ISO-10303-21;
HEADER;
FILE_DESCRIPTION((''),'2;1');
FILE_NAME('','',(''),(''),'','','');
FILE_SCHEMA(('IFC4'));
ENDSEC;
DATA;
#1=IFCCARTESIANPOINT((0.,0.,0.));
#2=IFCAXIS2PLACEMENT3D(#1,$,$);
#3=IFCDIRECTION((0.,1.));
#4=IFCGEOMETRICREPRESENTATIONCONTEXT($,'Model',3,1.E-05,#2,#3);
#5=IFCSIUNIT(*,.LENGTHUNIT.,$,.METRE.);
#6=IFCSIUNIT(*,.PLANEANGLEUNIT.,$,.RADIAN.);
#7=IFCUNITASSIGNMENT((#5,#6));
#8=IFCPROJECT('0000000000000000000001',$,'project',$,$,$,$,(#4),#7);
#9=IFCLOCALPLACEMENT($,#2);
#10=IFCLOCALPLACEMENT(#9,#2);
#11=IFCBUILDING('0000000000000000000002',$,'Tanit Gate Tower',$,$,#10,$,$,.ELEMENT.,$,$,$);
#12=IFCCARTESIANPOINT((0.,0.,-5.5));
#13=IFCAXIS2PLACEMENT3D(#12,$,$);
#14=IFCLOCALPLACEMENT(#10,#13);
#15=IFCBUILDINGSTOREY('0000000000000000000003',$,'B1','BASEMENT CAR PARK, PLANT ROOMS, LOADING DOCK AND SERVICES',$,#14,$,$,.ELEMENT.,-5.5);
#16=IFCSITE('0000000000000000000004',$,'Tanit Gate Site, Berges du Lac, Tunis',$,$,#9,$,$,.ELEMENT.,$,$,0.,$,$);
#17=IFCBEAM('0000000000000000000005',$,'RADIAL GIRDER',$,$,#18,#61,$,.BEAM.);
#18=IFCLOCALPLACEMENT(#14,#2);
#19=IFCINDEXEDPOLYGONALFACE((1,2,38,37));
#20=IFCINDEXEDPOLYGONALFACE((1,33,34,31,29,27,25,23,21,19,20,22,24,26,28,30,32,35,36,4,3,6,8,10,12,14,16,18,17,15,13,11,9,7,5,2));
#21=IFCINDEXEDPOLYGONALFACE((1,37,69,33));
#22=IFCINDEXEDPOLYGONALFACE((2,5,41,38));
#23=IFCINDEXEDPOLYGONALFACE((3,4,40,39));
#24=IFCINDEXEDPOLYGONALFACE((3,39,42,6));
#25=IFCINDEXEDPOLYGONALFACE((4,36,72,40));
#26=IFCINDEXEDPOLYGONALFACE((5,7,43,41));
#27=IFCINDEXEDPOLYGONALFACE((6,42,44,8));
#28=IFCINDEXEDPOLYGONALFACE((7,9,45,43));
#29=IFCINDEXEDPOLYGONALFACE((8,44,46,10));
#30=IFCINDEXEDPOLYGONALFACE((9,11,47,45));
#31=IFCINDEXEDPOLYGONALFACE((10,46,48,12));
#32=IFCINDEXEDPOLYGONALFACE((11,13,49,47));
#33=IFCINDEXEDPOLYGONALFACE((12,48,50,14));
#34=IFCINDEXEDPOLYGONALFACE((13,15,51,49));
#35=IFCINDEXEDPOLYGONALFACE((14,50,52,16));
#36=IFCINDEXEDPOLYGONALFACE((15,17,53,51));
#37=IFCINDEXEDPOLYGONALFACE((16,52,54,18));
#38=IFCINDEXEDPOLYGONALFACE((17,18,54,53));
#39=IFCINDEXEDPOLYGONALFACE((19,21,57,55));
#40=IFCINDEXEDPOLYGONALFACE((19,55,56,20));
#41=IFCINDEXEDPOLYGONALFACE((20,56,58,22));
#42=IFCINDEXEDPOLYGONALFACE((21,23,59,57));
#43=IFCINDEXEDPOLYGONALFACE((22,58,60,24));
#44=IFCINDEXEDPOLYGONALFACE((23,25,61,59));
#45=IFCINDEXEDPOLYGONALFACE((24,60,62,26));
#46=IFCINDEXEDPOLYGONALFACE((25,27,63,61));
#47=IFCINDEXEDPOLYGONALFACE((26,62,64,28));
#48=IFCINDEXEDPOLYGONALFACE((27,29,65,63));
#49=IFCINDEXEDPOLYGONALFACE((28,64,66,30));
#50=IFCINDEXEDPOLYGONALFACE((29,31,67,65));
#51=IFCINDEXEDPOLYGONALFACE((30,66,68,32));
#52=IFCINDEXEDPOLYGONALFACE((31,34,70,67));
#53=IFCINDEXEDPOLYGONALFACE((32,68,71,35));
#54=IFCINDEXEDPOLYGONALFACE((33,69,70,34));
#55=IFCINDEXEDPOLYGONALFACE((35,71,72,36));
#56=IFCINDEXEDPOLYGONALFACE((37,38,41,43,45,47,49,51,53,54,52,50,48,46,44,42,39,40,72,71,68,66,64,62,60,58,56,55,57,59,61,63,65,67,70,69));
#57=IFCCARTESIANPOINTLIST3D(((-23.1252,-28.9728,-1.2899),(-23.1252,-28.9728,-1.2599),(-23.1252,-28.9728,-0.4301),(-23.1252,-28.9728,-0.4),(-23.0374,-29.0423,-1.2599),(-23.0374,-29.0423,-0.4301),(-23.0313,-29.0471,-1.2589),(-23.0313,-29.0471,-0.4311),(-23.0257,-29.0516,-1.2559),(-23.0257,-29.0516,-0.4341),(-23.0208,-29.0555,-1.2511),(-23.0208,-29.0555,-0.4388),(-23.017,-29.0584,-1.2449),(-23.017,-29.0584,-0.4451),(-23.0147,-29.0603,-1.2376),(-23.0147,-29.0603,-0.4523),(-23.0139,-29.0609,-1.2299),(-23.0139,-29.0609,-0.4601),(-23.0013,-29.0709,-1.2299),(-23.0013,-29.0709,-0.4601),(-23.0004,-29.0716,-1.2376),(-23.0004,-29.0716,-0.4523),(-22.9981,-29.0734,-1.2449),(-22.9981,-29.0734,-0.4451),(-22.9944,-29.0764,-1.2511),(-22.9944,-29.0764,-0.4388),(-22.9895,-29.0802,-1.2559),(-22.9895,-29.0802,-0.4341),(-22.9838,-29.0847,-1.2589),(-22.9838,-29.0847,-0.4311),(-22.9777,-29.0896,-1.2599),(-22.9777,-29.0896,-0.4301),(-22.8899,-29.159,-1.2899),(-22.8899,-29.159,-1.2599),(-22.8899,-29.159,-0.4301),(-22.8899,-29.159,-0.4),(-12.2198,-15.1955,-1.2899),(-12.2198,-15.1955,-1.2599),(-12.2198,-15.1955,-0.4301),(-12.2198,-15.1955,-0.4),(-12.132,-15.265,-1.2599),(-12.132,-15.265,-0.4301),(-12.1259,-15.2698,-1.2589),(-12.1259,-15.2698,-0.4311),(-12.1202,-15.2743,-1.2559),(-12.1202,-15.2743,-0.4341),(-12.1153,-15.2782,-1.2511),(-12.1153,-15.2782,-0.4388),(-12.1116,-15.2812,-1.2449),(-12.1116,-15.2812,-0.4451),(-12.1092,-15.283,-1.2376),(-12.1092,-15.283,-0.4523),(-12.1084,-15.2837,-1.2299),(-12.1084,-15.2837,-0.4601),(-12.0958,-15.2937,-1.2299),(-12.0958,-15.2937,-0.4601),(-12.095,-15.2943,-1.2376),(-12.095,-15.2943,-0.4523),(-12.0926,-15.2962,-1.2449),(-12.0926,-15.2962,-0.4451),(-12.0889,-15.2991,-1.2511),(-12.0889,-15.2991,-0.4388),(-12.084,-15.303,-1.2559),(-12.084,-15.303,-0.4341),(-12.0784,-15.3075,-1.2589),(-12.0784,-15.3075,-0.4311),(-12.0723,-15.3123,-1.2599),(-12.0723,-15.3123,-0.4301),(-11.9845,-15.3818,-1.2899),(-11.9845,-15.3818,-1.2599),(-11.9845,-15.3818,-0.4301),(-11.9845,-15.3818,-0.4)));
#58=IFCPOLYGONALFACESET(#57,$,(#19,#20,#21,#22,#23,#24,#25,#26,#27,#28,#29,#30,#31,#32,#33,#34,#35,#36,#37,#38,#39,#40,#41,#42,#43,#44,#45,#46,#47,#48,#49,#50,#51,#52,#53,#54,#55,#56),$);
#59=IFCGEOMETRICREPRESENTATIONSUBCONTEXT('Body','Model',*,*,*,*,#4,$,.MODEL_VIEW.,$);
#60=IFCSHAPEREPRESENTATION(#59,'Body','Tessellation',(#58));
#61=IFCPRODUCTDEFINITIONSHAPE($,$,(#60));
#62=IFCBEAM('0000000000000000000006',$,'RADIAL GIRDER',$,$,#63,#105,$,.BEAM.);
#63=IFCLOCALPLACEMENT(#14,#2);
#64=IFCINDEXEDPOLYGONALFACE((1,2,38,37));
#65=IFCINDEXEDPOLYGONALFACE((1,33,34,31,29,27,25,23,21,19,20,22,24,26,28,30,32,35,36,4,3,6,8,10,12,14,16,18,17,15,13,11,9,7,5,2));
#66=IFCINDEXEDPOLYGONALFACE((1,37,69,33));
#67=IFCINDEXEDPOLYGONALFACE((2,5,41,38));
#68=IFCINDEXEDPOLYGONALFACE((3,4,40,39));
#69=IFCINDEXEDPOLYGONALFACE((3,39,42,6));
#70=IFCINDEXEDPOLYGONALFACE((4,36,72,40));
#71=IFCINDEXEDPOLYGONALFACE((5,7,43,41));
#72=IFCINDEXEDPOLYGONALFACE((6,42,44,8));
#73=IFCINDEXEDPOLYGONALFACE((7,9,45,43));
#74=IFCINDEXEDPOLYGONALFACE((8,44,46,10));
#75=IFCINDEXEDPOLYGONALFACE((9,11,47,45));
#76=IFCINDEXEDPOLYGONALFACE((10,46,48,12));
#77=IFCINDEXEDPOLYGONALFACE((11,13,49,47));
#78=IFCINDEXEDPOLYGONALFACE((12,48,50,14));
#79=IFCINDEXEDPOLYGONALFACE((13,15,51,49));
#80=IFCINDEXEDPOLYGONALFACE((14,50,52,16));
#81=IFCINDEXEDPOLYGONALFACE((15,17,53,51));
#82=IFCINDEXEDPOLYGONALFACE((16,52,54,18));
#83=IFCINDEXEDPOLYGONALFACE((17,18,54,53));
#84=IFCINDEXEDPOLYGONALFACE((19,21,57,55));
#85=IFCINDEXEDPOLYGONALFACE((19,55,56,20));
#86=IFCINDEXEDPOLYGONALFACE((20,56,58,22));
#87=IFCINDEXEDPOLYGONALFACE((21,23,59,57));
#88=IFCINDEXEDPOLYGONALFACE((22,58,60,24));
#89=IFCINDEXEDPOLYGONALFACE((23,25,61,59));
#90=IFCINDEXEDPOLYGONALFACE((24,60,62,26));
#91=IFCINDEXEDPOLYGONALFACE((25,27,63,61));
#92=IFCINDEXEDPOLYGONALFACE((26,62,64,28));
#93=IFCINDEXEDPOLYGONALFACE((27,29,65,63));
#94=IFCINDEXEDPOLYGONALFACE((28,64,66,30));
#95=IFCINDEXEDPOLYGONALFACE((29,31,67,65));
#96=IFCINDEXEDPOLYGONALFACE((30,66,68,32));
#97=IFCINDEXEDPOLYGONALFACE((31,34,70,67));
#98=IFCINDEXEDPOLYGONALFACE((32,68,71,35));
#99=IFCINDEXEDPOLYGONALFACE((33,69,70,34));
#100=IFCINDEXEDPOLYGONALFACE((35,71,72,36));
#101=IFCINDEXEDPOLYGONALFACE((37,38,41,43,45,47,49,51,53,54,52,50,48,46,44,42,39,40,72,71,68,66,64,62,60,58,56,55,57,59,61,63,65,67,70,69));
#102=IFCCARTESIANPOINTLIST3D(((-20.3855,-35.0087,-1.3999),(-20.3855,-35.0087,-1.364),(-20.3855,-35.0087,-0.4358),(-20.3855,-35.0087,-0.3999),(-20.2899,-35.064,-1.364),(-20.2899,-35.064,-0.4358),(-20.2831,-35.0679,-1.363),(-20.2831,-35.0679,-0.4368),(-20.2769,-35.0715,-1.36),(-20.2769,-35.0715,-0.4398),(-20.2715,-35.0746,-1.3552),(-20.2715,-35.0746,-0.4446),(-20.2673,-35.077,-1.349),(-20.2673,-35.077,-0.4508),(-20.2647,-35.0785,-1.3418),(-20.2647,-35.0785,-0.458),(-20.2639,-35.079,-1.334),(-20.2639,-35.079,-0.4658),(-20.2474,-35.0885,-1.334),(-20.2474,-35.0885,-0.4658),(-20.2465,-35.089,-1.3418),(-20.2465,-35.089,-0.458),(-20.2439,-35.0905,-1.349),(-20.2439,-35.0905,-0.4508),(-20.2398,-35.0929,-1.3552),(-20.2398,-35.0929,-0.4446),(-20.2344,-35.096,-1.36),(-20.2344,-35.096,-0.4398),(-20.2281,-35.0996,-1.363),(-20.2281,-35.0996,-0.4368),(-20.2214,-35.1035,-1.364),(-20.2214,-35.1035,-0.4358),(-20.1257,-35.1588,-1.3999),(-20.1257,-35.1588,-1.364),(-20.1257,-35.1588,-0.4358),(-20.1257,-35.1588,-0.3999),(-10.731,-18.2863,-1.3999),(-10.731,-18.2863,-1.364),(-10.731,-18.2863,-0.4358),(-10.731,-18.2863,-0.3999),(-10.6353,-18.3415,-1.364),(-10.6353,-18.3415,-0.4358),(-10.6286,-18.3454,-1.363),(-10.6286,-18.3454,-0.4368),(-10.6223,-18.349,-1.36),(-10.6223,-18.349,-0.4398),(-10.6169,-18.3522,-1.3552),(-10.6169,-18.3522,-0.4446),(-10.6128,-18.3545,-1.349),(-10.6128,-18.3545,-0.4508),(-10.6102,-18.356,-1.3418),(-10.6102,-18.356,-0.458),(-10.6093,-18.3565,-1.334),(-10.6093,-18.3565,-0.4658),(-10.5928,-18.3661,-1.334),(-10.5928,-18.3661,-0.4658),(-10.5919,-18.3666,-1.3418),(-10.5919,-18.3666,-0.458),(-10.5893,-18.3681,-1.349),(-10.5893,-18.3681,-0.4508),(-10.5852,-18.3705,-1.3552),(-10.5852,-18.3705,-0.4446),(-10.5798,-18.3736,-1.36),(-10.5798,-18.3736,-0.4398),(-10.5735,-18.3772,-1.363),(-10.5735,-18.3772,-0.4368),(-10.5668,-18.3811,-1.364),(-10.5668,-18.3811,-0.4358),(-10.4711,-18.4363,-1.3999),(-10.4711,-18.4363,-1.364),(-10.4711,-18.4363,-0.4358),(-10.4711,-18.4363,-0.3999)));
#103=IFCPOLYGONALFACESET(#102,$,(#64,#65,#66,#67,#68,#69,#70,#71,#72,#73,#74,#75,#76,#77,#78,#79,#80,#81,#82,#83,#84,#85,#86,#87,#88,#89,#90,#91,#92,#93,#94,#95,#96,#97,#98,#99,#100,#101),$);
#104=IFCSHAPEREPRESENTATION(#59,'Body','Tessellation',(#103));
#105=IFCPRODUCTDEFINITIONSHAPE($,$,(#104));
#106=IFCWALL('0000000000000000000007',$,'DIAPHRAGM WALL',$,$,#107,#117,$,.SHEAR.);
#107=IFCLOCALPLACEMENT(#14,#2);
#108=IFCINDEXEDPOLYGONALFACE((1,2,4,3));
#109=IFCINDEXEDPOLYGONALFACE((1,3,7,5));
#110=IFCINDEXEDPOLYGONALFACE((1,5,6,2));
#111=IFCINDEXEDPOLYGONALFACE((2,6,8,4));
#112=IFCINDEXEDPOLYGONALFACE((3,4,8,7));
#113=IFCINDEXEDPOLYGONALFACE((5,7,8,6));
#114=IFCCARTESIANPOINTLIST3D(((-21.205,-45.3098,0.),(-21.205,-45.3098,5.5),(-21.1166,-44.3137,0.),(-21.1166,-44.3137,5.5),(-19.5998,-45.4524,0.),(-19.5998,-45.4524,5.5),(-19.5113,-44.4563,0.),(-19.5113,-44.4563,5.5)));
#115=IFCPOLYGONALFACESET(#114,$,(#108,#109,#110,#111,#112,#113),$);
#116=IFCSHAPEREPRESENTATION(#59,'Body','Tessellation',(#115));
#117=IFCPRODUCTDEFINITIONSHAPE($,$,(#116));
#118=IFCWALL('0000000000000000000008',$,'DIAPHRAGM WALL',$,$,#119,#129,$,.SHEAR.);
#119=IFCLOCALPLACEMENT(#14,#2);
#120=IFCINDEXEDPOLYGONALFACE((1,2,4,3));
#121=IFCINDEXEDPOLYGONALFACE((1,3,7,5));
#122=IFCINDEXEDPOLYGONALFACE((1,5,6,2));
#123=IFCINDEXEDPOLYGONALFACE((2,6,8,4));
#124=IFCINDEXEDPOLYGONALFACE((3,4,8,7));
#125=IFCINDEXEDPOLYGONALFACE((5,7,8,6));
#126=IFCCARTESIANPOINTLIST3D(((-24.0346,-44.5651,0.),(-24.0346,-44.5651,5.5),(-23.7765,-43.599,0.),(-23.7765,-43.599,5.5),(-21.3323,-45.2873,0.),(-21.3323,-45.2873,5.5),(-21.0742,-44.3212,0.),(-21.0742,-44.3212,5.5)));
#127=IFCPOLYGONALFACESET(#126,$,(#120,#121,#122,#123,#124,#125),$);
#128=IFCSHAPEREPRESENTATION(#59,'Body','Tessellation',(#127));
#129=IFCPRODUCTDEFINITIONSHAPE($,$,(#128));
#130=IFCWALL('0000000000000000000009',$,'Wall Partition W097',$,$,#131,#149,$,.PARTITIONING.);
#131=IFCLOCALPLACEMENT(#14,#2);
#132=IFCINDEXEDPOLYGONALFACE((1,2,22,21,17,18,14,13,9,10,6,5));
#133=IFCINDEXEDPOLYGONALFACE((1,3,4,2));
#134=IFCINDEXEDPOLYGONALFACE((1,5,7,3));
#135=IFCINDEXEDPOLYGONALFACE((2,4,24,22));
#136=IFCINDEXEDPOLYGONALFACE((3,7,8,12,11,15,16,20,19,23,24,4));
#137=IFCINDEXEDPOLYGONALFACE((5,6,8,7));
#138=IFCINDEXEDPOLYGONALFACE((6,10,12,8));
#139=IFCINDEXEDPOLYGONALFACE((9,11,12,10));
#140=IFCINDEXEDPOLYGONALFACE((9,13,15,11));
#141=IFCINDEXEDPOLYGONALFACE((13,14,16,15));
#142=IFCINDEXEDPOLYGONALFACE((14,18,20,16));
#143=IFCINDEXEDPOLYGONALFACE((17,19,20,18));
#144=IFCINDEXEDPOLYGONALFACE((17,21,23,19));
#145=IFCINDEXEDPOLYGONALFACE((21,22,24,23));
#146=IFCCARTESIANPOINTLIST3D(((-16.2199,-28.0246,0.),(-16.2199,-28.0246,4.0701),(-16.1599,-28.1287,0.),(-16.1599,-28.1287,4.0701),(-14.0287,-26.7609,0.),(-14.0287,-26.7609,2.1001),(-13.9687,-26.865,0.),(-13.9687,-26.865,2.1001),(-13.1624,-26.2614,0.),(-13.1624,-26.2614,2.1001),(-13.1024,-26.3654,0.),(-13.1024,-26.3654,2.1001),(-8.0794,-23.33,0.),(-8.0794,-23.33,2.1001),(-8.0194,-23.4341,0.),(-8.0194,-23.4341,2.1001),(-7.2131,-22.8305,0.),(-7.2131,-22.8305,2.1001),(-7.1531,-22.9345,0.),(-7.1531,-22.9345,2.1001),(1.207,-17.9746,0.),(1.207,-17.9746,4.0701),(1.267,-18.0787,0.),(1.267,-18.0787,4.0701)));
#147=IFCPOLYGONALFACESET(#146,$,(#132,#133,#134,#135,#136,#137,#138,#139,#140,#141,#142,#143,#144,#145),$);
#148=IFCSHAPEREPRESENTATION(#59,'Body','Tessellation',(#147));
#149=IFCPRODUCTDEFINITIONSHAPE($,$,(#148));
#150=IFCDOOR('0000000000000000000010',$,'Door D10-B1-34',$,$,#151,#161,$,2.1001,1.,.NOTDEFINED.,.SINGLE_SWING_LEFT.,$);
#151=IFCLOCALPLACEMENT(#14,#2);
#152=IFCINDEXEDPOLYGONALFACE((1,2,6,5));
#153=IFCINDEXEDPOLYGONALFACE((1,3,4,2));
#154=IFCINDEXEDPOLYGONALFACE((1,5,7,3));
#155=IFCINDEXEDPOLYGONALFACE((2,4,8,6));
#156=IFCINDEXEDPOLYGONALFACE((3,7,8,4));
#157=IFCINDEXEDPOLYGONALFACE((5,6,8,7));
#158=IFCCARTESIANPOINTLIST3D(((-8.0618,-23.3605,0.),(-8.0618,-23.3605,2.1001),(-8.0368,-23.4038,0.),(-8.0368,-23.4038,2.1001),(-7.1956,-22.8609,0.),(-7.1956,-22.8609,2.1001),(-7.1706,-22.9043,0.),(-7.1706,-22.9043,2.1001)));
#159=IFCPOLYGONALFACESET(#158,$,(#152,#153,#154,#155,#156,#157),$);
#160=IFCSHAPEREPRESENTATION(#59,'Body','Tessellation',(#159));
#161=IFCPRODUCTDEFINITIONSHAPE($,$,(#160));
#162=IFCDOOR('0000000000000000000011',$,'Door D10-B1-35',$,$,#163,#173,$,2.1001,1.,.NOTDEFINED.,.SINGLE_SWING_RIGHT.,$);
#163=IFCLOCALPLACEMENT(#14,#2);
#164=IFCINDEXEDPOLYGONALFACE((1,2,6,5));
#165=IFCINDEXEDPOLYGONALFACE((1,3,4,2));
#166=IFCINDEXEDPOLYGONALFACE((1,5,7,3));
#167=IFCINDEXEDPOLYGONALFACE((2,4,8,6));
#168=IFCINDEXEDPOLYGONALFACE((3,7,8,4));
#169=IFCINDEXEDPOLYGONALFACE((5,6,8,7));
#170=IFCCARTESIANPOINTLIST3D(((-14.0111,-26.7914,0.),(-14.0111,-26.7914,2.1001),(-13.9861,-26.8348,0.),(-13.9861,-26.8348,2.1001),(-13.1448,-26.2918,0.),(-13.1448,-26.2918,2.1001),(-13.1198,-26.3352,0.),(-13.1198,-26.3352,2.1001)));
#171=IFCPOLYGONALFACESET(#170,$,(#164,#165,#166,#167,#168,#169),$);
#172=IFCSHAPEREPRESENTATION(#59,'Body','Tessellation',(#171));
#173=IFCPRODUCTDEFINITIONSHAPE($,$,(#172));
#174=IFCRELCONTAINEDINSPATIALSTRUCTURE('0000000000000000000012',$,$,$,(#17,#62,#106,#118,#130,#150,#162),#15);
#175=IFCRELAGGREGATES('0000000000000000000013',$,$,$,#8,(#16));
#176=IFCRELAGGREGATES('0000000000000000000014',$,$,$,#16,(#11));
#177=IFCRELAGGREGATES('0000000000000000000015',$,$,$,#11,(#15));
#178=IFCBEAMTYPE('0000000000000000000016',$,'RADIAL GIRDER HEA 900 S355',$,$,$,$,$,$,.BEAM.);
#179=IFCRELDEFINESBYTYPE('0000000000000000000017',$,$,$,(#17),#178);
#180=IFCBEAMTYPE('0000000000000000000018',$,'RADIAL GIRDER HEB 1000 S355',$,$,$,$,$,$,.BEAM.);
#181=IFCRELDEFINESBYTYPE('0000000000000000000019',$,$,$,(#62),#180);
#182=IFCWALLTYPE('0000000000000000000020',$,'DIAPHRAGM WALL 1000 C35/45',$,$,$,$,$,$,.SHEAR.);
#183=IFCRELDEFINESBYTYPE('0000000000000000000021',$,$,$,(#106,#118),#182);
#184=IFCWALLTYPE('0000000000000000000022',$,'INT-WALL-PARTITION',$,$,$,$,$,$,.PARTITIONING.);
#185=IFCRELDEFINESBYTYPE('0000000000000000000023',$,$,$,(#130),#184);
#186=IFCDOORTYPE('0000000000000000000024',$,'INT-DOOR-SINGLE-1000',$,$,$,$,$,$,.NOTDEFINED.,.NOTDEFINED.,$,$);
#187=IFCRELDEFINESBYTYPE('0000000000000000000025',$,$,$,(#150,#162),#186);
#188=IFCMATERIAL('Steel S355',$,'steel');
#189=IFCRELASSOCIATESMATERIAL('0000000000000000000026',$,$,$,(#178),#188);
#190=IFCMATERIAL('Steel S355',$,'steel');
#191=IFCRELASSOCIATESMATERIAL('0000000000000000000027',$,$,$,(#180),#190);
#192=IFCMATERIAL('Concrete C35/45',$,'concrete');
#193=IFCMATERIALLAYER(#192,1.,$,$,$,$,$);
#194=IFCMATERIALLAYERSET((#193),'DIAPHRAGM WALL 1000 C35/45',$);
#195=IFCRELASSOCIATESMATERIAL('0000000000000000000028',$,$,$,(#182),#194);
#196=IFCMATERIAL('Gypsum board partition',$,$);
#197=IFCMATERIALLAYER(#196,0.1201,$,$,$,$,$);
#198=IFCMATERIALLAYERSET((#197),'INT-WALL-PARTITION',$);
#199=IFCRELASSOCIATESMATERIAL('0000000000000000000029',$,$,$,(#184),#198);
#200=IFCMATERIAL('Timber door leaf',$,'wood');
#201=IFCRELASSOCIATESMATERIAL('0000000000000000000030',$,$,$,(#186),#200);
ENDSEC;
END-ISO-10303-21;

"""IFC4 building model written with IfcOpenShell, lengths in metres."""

from ifc_helpers import new_model, si_unit, direction, frame, frame_2d, origin, origin_2d, place, context, subcontext, project, spatial, rectangle, i_section, extrude, material, layer, layer_set, material_profile, profile_set, type_object, element, fill, save


model = new_model("IFC4")

# Units and contexts
model_context = context("Model", 3, precision=1e-05, world=origin(), true_north=direction((0.0, 1.0)))
body_context = subcontext(model_context, "Body", "Model", "MODEL_VIEW")
ifc_project = project(units=[si_unit("LENGTHUNIT", "METRE"), si_unit("PLANEANGLEUNIT", "RADIAN")], contexts=[model_context])

# Site, building, storey
site_placement = place(None, origin())
site = spatial("IfcSite", under=ifc_project, at=site_placement, Name="Tanit Gate Site, Berges du Lac, Tunis", CompositionType="ELEMENT", RefElevation=0.0)
building_placement = place(site_placement, origin())
building = spatial("IfcBuilding", under=site, at=building_placement, Name="Tanit Gate Tower", CompositionType="ELEMENT")
storey_placement = place(building_placement, frame((0.0, 0.0, -5.5)))
storey = spatial("IfcBuildingStorey", under=building, at=storey_placement, Name="B1", Description="BASEMENT CAR PARK, PLANT ROOMS, LOADING DOCK AND SERVICES", CompositionType="ELEMENT", Elevation=-5.5)

# Beams
ifc_material_1 = material(Name="Steel S355", Category="steel")
ifc_material_profile_1 = material_profile(ifc_material_1, i_section(OverallWidth=0.3, OverallDepth=0.8899, WebThickness=0.0161, FlangeThickness=0.03, FilletRadius=0.03, at=origin_2d()), Name="HEA 900")
ifc_profile_set_1 = profile_set([ifc_material_profile_1], Name="Steel S355")
beam_type_1 = type_object("IfcBeamType", Name="RADIAL GIRDER HEA 900 S355", PredefinedType="BEAM", material=ifc_profile_set_1)
beam_1_placement = place(storey_placement, frame((-23.0076, -29.0659, -0.845), z_axis=(0.620649, 0.784089, 0.0), x_axis=(-0.784089, 0.620649, 0.0)))
element("IfcBeam", 1, at=beam_1_placement, inside=storey, type_object=beam_type_1, Name="RADIAL GIRDER", PredefinedType="BEAM", context=body_context, shape_type="SweptSolid", body=[
    extrude(i_section(OverallWidth=0.3, OverallDepth=0.8899, WebThickness=0.0161, FlangeThickness=0.03, FilletRadius=0.03, at=origin_2d()), origin(), (0.0, 0.0, 1.0), 17.571),
])
ifc_material_2 = material(Name="Steel S355", Category="steel")
ifc_material_profile_2 = material_profile(ifc_material_2, i_section(OverallWidth=0.3, OverallDepth=1.0, WebThickness=0.019, FlangeThickness=0.0359, FilletRadius=0.03, at=origin_2d()), Name="HEB 1000")
ifc_profile_set_2 = profile_set([ifc_material_profile_2], Name="Steel S355")
beam_type_2 = type_object("IfcBeamType", Name="RADIAL GIRDER HEB 1000 S355", PredefinedType="BEAM", material=ifc_profile_set_2)
beam_2_placement = place(storey_placement, frame((-20.2556, -35.0837, -0.8999), z_axis=(0.499994, 0.866029, 0.0), x_axis=(-0.866029, 0.499994, 0.0)))
element("IfcBeam", 2, at=beam_2_placement, inside=storey, type_object=beam_type_2, Name="RADIAL GIRDER", PredefinedType="BEAM", context=body_context, shape_type="SweptSolid", body=[
    extrude(i_section(OverallWidth=0.3, OverallDepth=1.0, WebThickness=0.019, FlangeThickness=0.0359, FilletRadius=0.03, at=origin_2d()), origin(), (0.0, 0.0, 1.0), 19.3093),
])

# Walls
ifc_material_3 = material(Name="Concrete C35/45", Category="concrete")
ifc_layer_1 = layer(ifc_material_3, 1.0)
ifc_layer_set_1 = layer_set([ifc_layer_1], Name="DIAPHRAGM WALL 1000 C35/45")
wall_type_1 = type_object("IfcWallType", Name="DIAPHRAGM WALL 1000 C35/45", PredefinedType="SHEAR", material=ifc_layer_set_1)
wall_1_placement = place(storey_placement, frame((-19.5557, -44.9543, 0.0), z_axis=(0.0, 0.0, 1.0), x_axis=(-0.996079, 0.088473, 0.0)))
element("IfcWall", 3, at=wall_1_placement, inside=storey, type_object=wall_type_1, Name="DIAPHRAGM WALL", PredefinedType="SHEAR", context=body_context, shape_type="SweptSolid", body=[
    extrude(rectangle(XDim=1.6116, YDim=1.0, at=frame_2d((0.8057, 0.0))), origin(), (0.0, 0.0, 1.0), 5.5),
])
wall_2_placement = place(storey_placement, frame((-21.2034, -44.8042, 0.0), z_axis=(0.0, 0.0, 1.0), x_axis=(-0.966099, 0.258173, 0.0)))
element("IfcWall", 4, at=wall_2_placement, inside=storey, type_object=wall_type_1, Name="DIAPHRAGM WALL", PredefinedType="SHEAR", context=body_context, shape_type="SweptSolid", body=[
    extrude(rectangle(XDim=2.7971, YDim=1.0, at=frame_2d((1.3984, 0.0))), origin(), (0.0, 0.0, 1.0), 5.5),
])

# Wall, openings, doors
ifc_material_4 = material(Name="Gypsum board partition")
ifc_layer_2 = layer(ifc_material_4, 0.1201)
ifc_layer_set_2 = layer_set([ifc_layer_2], Name="INT-WALL-PARTITION")
wall_type_2 = type_object("IfcWallType", Name="INT-WALL-PARTITION", PredefinedType="PARTITIONING", material=ifc_layer_set_2)
wall_3_placement = place(storey_placement, frame((-16.1899, -28.0767, 0.0), z_axis=(0.0, 0.0, 1.0), x_axis=(0.866271, 0.499574, 0.0)))
wall_3 = element("IfcWall", 5, at=wall_3_placement, inside=storey, type_object=wall_type_2, Name="Wall Partition W097", PredefinedType="PARTITIONING", context=body_context, shape_type="SweptSolid", body=[
    extrude(rectangle(XDim=20.1172, YDim=0.1201, at=frame_2d((10.0586, 0.0))), origin(), (0.0, 0.0, 1.0), 4.0701),
])
opening_1_placement = place(wall_3_placement, frame((9.3972, 0.0, 0.0)))
opening_1 = element("IfcOpeningElement", 6, at=opening_1_placement, cuts=wall_3, PredefinedType="OPENING", context=body_context, shape_type="SweptSolid", body=[
    extrude(rectangle(XDim=1.0, YDim=2.1001, at=frame_2d((0.5, 1.05))), frame((0.0, 0.0701, 0.0), z_axis=(0.0, -1.0, 0.0), x_axis=(1.0, 0.0, 0.0)), (0.0, 0.0, 1.0), 0.1401),
])
opening_2_placement = place(wall_3_placement, frame((2.5295, 0.0, 0.0)))
opening_2 = element("IfcOpeningElement", 7, at=opening_2_placement, cuts=wall_3, PredefinedType="OPENING", context=body_context, shape_type="SweptSolid", body=[
    extrude(rectangle(XDim=1.0, YDim=2.1001, at=frame_2d((0.5, 1.05))), frame((0.0, 0.0701, 0.0), z_axis=(0.0, -1.0, 0.0), x_axis=(1.0, 0.0, 0.0)), (0.0, 0.0, 1.0), 0.1401),
])
ifc_material_5 = material(Name="Timber door leaf", Category="wood")
door_type_1 = type_object("IfcDoorType", Name="INT-DOOR-SINGLE-1000", OperationType="NOTDEFINED", PredefinedType="NOTDEFINED", material=ifc_material_5)
door_1_placement = place(opening_1_placement, origin())
door_1 = element("IfcDoor", 8, at=door_1_placement, inside=storey, type_object=door_type_1, Name="Door D10-B1-34", OperationType="SINGLE_SWING_LEFT", OverallHeight=2.1001, OverallWidth=1.0, PredefinedType="NOTDEFINED", context=body_context, shape_type="SweptSolid", body=[
    extrude(rectangle(XDim=1.0, YDim=2.1001, at=frame_2d((0.5, 1.05))), frame((0.0, 0.0249, 0.0), z_axis=(0.0, -1.0, 0.0), x_axis=(1.0, 0.0, 0.0)), (0.0, 0.0, 1.0), 0.05),
])
fill(opening_1, door_1)
door_2_placement = place(opening_2_placement, origin())
door_2 = element("IfcDoor", 9, at=door_2_placement, inside=storey, type_object=door_type_1, Name="Door D10-B1-35", OperationType="SINGLE_SWING_RIGHT", OverallHeight=2.1001, OverallWidth=1.0, PredefinedType="NOTDEFINED", context=body_context, shape_type="SweptSolid", body=[
    extrude(rectangle(XDim=1.0, YDim=2.1001, at=frame_2d((0.5, 1.05))), frame((0.0, 0.0249, 0.0), z_axis=(0.0, -1.0, 0.0), x_axis=(1.0, 0.0, 0.0)), (0.0, 0.0, 1.0), 0.05),
])
fill(opening_2, door_2)

save(model, "model.ifc")
